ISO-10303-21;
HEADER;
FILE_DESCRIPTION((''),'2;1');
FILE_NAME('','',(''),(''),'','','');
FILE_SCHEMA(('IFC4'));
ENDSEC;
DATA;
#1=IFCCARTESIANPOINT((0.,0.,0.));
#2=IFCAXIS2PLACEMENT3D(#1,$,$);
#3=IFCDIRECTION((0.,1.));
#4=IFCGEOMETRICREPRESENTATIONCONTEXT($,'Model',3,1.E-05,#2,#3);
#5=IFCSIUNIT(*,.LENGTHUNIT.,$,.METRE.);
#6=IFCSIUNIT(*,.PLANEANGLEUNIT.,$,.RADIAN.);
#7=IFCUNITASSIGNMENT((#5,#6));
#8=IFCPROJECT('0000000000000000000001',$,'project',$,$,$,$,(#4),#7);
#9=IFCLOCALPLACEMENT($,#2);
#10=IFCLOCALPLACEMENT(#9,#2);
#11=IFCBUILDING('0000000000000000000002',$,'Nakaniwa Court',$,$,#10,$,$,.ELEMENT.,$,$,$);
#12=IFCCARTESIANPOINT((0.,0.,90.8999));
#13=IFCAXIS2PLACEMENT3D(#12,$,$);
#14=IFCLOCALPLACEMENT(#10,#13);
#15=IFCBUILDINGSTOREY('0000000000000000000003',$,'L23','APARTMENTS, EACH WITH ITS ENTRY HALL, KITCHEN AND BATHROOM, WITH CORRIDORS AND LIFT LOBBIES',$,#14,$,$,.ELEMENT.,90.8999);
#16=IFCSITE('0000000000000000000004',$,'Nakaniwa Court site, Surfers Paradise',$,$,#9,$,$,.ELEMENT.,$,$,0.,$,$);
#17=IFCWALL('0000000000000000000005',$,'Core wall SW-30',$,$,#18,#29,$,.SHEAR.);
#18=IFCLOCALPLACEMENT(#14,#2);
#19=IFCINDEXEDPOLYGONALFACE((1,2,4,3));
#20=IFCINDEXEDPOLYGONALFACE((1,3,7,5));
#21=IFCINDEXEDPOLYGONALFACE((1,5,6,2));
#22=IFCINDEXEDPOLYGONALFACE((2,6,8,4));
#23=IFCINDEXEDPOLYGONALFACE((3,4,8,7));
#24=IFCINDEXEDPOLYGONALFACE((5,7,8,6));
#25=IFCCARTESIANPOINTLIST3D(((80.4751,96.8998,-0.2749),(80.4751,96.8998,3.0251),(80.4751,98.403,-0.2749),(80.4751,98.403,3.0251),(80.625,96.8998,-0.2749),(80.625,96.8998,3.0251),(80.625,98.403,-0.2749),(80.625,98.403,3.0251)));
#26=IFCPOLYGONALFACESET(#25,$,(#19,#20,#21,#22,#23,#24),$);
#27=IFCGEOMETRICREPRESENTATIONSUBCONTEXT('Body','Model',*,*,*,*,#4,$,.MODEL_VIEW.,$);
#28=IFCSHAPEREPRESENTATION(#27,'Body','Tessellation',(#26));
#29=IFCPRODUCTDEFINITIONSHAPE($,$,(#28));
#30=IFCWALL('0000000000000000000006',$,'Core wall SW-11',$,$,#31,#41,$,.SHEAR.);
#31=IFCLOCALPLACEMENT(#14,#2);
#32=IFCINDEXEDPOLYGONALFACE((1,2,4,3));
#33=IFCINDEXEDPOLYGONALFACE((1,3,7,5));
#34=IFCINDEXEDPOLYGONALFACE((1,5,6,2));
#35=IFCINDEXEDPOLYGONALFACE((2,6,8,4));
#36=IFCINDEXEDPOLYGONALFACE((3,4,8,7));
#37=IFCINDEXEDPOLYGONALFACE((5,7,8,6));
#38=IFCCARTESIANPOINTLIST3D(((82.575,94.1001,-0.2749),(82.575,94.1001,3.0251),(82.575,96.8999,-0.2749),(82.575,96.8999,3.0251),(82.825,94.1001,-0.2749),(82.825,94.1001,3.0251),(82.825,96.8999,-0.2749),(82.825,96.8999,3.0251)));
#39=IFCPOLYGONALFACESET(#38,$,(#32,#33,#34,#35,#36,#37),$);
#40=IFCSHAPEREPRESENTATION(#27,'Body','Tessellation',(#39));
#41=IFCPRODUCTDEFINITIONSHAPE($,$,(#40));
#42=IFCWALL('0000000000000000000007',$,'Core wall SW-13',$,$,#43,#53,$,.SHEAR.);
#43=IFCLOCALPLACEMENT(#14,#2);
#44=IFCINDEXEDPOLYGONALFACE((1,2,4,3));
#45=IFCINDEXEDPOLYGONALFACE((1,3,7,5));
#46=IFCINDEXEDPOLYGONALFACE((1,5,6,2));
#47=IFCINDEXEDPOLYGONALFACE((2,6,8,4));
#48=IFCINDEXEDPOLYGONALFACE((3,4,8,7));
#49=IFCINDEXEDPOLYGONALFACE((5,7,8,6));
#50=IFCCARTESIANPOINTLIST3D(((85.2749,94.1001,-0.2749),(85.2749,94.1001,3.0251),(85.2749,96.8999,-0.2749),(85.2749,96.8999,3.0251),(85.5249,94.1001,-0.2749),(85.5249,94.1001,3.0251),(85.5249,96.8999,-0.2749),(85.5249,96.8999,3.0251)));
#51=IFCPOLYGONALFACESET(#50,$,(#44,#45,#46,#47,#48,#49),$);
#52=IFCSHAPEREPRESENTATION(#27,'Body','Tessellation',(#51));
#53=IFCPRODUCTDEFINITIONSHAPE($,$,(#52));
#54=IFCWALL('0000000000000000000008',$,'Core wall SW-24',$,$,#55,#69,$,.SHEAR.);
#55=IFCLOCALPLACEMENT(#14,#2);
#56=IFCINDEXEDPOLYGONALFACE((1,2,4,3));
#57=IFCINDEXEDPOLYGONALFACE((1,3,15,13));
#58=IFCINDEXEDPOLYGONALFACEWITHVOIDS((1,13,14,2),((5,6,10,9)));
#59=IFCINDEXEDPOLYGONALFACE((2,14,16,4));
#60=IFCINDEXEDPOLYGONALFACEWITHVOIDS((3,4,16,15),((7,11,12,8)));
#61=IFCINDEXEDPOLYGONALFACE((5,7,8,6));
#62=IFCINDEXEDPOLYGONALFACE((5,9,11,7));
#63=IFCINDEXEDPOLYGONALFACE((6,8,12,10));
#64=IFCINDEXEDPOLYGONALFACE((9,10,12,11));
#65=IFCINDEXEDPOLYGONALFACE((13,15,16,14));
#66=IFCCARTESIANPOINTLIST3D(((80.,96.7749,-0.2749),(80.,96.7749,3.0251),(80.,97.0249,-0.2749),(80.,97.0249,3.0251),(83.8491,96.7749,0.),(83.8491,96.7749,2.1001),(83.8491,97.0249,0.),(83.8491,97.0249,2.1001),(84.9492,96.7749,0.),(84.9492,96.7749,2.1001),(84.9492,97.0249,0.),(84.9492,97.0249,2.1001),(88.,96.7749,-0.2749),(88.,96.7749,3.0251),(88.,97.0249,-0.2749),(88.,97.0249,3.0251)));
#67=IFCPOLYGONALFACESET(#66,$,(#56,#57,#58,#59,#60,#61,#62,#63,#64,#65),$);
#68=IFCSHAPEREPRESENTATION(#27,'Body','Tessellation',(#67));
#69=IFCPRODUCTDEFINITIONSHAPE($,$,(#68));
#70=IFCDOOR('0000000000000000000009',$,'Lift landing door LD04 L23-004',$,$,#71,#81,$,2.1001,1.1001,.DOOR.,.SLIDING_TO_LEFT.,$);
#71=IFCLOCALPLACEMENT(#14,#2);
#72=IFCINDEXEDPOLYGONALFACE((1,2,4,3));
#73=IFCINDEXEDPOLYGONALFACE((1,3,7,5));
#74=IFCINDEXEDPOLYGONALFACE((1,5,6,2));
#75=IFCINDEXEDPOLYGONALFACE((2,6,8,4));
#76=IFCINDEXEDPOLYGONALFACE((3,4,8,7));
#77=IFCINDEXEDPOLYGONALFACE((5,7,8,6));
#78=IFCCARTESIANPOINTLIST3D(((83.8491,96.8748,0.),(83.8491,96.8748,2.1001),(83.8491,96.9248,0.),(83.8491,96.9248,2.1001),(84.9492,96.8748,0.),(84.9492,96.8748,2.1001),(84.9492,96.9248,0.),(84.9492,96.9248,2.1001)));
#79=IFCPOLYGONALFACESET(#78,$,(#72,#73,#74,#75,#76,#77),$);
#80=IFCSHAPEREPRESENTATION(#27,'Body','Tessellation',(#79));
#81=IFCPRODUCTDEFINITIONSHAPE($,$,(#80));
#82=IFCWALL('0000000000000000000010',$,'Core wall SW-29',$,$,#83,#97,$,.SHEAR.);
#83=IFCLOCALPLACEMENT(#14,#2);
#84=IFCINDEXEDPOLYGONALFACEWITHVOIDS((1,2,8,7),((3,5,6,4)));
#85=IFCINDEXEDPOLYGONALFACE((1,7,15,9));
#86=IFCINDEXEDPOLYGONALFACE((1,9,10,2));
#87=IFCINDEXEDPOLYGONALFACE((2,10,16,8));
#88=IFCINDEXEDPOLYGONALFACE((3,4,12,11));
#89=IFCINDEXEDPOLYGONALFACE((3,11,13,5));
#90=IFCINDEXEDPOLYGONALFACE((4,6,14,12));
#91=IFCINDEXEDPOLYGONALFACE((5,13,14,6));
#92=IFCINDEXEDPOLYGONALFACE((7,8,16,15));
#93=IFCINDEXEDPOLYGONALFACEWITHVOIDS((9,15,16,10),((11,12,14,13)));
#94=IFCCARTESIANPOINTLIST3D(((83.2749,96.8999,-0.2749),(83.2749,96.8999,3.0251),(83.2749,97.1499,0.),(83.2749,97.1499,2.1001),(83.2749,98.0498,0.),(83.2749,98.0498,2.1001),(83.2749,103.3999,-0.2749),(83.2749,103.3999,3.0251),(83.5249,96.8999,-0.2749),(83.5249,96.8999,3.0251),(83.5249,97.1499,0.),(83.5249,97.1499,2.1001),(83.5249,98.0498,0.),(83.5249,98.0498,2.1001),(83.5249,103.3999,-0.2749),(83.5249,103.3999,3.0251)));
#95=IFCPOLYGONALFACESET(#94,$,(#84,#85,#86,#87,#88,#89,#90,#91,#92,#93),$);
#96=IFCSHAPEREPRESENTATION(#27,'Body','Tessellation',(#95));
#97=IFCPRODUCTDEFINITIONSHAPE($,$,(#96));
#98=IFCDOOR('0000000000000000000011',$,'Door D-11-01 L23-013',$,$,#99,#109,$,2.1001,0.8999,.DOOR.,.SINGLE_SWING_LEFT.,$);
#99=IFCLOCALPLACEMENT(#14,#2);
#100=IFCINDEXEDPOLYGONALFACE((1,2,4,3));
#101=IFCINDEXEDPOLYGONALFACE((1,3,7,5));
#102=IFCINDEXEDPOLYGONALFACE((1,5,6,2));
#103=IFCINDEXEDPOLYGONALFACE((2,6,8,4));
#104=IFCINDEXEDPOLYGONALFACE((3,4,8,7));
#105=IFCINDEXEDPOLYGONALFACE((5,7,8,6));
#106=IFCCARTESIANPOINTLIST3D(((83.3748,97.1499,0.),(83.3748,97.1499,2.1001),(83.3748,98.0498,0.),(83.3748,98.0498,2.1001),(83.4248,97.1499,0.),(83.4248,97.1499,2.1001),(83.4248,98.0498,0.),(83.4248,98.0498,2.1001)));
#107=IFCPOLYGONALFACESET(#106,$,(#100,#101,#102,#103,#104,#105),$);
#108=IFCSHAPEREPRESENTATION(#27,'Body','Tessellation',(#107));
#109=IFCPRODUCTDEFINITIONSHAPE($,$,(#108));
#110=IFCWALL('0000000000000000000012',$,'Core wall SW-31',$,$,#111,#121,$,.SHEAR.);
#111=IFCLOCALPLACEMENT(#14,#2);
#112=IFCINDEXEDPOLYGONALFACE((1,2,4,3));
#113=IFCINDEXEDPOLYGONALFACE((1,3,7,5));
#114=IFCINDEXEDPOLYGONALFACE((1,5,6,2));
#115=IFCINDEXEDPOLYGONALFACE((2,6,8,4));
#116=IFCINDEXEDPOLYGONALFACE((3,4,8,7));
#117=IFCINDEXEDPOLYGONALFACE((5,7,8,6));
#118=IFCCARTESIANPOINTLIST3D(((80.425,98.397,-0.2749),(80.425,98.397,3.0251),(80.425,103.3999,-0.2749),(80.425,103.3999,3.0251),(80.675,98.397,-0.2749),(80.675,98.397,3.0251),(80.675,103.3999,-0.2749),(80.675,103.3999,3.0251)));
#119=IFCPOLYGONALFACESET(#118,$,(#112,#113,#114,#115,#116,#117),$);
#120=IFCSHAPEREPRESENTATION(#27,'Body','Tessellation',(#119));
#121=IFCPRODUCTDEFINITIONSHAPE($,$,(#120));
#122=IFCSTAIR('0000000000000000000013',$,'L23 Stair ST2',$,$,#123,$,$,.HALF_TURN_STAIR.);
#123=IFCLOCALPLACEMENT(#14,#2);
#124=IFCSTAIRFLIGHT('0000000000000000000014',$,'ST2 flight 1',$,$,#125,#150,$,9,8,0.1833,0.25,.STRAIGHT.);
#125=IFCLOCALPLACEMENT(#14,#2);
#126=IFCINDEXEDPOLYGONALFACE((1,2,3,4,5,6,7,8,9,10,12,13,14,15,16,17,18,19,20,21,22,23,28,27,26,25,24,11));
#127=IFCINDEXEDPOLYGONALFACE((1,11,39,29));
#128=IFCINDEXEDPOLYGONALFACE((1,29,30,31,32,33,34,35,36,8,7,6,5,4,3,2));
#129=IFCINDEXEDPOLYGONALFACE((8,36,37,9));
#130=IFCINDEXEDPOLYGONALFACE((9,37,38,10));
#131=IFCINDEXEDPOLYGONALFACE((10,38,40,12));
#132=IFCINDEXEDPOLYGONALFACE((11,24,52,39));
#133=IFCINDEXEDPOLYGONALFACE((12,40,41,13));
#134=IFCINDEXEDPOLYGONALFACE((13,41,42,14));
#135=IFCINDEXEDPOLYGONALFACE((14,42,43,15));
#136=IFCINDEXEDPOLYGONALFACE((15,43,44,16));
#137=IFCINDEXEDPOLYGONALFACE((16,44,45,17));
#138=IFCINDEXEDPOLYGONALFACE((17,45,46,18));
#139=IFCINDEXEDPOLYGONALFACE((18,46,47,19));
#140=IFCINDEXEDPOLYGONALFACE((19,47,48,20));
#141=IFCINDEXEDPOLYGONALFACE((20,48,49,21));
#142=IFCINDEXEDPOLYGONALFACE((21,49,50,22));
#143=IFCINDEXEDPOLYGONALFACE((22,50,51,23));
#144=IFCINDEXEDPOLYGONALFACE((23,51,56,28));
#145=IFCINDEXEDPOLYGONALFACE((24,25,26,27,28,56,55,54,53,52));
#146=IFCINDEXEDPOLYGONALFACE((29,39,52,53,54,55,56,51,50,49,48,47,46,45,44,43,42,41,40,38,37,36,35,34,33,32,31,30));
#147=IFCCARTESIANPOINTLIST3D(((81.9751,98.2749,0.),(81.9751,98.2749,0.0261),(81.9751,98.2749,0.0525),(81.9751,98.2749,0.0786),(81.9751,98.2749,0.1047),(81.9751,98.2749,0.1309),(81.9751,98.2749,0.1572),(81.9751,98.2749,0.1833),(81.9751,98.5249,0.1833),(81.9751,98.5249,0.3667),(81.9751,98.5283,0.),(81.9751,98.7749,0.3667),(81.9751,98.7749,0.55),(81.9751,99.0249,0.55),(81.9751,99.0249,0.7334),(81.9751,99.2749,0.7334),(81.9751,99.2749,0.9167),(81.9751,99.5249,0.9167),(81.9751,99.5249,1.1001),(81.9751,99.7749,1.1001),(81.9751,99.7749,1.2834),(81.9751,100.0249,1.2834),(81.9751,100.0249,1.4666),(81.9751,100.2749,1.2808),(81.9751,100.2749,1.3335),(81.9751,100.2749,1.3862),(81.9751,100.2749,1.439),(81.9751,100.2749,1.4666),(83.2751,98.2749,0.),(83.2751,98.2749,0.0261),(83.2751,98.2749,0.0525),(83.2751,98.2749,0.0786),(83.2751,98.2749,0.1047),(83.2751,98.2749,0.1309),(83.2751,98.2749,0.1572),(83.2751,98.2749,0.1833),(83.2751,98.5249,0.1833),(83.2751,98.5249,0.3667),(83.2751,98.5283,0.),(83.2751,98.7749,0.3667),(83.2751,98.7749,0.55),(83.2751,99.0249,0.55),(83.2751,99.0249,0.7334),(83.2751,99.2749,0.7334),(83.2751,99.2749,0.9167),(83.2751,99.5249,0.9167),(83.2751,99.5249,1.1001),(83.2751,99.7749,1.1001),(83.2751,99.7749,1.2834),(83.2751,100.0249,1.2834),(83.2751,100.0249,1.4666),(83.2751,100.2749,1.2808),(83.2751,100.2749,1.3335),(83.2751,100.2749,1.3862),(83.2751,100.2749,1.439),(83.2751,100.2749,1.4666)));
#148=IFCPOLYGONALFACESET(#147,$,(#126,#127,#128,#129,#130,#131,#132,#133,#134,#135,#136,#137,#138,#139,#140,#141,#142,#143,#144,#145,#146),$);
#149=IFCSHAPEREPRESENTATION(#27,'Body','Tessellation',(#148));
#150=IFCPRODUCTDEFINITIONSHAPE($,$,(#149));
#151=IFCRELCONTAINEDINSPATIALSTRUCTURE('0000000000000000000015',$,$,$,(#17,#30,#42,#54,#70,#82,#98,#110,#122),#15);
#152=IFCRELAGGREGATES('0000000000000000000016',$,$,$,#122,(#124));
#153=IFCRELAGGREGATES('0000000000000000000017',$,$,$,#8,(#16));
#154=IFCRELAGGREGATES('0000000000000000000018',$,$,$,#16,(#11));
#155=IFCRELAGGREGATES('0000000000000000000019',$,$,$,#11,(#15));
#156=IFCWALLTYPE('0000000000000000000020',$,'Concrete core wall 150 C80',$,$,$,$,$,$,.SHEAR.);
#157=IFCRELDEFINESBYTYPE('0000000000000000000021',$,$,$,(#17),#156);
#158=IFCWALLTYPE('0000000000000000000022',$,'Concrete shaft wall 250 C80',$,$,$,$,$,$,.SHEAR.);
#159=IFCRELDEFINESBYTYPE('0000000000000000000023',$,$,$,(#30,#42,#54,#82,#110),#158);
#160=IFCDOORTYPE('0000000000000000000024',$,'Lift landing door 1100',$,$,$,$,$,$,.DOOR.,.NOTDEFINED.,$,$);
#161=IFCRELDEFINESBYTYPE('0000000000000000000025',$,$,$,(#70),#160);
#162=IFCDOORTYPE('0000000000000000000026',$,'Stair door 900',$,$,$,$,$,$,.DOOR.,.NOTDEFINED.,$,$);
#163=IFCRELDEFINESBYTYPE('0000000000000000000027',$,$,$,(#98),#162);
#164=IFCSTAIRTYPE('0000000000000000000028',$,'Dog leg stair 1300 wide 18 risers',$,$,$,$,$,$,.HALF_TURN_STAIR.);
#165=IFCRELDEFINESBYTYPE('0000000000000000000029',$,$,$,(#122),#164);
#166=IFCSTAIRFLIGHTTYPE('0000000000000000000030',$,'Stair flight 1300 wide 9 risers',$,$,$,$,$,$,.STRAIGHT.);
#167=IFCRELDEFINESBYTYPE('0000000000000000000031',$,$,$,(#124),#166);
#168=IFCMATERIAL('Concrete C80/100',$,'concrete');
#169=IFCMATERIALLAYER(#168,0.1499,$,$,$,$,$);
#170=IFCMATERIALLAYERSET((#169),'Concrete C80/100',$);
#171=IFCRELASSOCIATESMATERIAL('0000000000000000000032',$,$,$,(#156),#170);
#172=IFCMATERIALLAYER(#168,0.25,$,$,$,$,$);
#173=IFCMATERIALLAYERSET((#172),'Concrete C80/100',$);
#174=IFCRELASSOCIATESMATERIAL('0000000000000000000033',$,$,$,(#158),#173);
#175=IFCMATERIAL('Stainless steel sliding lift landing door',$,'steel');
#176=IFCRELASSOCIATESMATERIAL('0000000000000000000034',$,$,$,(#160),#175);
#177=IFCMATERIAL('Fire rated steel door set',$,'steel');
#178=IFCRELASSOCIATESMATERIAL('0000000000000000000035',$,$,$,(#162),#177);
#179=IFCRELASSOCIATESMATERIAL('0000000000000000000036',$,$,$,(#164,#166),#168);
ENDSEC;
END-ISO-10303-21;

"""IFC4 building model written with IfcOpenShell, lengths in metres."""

from ifc_helpers import new_model, si_unit, direction, frame, frame_2d, origin, place, context, subcontext, project, spatial, polyline, rectangle, outline, extrude, material, layer, layer_set, type_object, element, fill, aggregate, save


model = new_model("IFC4")

# Units and contexts
model_context = context("Model", 3, precision=1e-05, world=origin(), true_north=direction((0.0, 1.0)))
body_context = subcontext(model_context, "Body", "Model", "MODEL_VIEW")
ifc_project = project(units=[si_unit("LENGTHUNIT", "METRE"), si_unit("PLANEANGLEUNIT", "RADIAN")], contexts=[model_context])

# Site, building, storey
site_placement = place(None, origin())
site = spatial("IfcSite", under=ifc_project, at=site_placement, Name="Nakaniwa Court site, Surfers Paradise", CompositionType="ELEMENT", RefElevation=0.0)
building_placement = place(site_placement, origin())
building = spatial("IfcBuilding", under=site, at=building_placement, Name="Nakaniwa Court", CompositionType="ELEMENT")
storey_placement = place(building_placement, frame((0.0, 0.0, 90.8999)))
storey = spatial("IfcBuildingStorey", under=building, at=storey_placement, Name="L23", Description="APARTMENTS, EACH WITH ITS ENTRY HALL, KITCHEN AND BATHROOM, WITH CORRIDORS AND LIFT LOBBIES", CompositionType="ELEMENT", Elevation=90.8999)

# Shared definitions
ifc_material_1 = material(Name="Concrete C80/100", Category="concrete")

# Shared definitions
ifc_material_2 = material(Name="Fire rated steel door set", Category="steel")

# Walls
ifc_layer_1 = layer(ifc_material_1, 0.1499)
ifc_layer_set_1 = layer_set([ifc_layer_1], Name="Concrete C80/100")
wall_type_1 = type_object("IfcWallType", Name="Concrete core wall 150 C80", PredefinedType="SHEAR", material=ifc_layer_set_1)
wall_1_placement = place(storey_placement, frame((80.55, 96.8999, -0.2749), z_axis=(0.0, 0.0, 1.0), x_axis=(0.0, 1.0, 0.0)))
element("IfcWall", 1, at=wall_1_placement, inside=storey, type_object=wall_type_1, Name="Core wall SW-30", PredefinedType="SHEAR", context=body_context, shape_type="SweptSolid", body=[
    extrude(rectangle(XDim=1.5032, YDim=0.1499, at=frame_2d((0.7515, 0.0))), origin(), (0.0, 0.0, 1.0), 3.3),
])
ifc_layer_2 = layer(ifc_material_1, 0.25)
ifc_layer_set_2 = layer_set([ifc_layer_2], Name="Concrete C80/100")
wall_type_2 = type_object("IfcWallType", Name="Concrete shaft wall 250 C80", PredefinedType="SHEAR", material=ifc_layer_set_2)
for number, where, z_axis, x_axis, name in (
    (2, (82.7, 94.1001, -0.2749), (0.0, 0.0, 1.0), (0.0, 1.0, 0.0), "Core wall SW-11"),
    (3, (85.3999, 94.1001, -0.2749), (0.0, 0.0, 1.0), (0.0, 1.0, 0.0), "Core wall SW-13"),
):
    element("IfcWall", number, at=place(storey_placement, frame(where, z_axis=z_axis, x_axis=x_axis)), inside=storey, type_object=wall_type_2, Name=name, PredefinedType="SHEAR", context=body_context, shape_type="SweptSolid", body=[
        extrude(rectangle(XDim=2.7998, YDim=0.25, at=frame_2d((1.3999, 0.0))), origin(), (0.0, 0.0, 1.0), 3.3),
    ])

# Walls, openings, doors
wall_2_placement = place(storey_placement, frame((80.0, 96.8999, -0.2749), z_axis=(0.0, 0.0, 1.0), x_axis=(1.0, 0.0, 0.0)))
wall_2 = element("IfcWall", 4, at=wall_2_placement, inside=storey, type_object=wall_type_2, Name="Core wall SW-24", PredefinedType="SHEAR", context=body_context, shape_type="SweptSolid", body=[
    extrude(rectangle(XDim=8.0, YDim=0.25, at=frame_2d((4.0, 0.0))), origin(), (0.0, 0.0, 1.0), 3.3),
])
opening_1_placement = place(wall_2_placement, frame((3.8491, 0.0, 0.2749)))
opening_1 = element("IfcOpeningElement", 5, at=opening_1_placement, cuts=wall_2, PredefinedType="OPENING", context=body_context, shape_type="SweptSolid", body=[
    extrude(rectangle(XDim=1.1001, YDim=2.1001, at=frame_2d((0.55, 1.05))), frame((0.0, 0.135, 0.0), z_axis=(0.0, -1.0, 0.0), x_axis=(1.0, 0.0, 0.0)), (0.0, 0.0, 1.0), 0.27),
])
ifc_material_3 = material(Name="Stainless steel sliding lift landing door", Category="steel")
door_type_1 = type_object("IfcDoorType", Name="Lift landing door 1100", OperationType="NOTDEFINED", PredefinedType="DOOR", material=ifc_material_3)
door_1_placement = place(opening_1_placement, origin())
door_1 = element("IfcDoor", 6, at=door_1_placement, inside=storey, type_object=door_type_1, Name="Lift landing door LD04 L23-004", OperationType="SLIDING_TO_LEFT", OverallHeight=2.1001, OverallWidth=1.1001, PredefinedType="DOOR", context=body_context, shape_type="SweptSolid", body=[
    extrude(rectangle(XDim=1.1001, YDim=2.1001, at=frame_2d((0.55, 1.05))), frame((0.0, 0.0249, 0.0), z_axis=(0.0, -1.0, 0.0), x_axis=(1.0, 0.0, 0.0)), (0.0, 0.0, 1.0), 0.05),
])
fill(opening_1, door_1)
wall_3_placement = place(storey_placement, frame((83.3999, 103.3999, -0.2749), z_axis=(0.0, 0.0, 1.0), x_axis=(0.0, -1.0, 0.0)))
wall_3 = element("IfcWall", 7, at=wall_3_placement, inside=storey, type_object=wall_type_2, Name="Core wall SW-29", PredefinedType="SHEAR", context=body_context, shape_type="SweptSolid", body=[
    extrude(rectangle(XDim=6.5, YDim=0.25, at=frame_2d((3.25, 0.0))), origin(), (0.0, 0.0, 1.0), 3.3),
])
opening_2_placement = place(wall_3_placement, frame((5.3501, 0.0, 0.2749)))
opening_2 = element("IfcOpeningElement", 8, at=opening_2_placement, cuts=wall_3, PredefinedType="OPENING", context=body_context, shape_type="SweptSolid", body=[
    extrude(rectangle(XDim=0.8999, YDim=2.1001, at=frame_2d((0.45, 1.05))), frame((0.0, 0.135, 0.0), z_axis=(0.0, -1.0, 0.0), x_axis=(1.0, 0.0, 0.0)), (0.0, 0.0, 1.0), 0.27),
])
door_type_2 = type_object("IfcDoorType", Name="Stair door 900", OperationType="NOTDEFINED", PredefinedType="DOOR", material=ifc_material_2)
door_2_placement = place(opening_2_placement, origin())
door_2 = element("IfcDoor", 9, at=door_2_placement, inside=storey, type_object=door_type_2, Name="Door D-11-01 L23-013", OperationType="SINGLE_SWING_LEFT", OverallHeight=2.1001, OverallWidth=0.8999, PredefinedType="DOOR", context=body_context, shape_type="SweptSolid", body=[
    extrude(rectangle(XDim=0.8999, YDim=2.1001, at=frame_2d((0.45, 1.05))), frame((0.0, 0.0249, 0.0), z_axis=(0.0, -1.0, 0.0), x_axis=(1.0, 0.0, 0.0)), (0.0, 0.0, 1.0), 0.05),
])
fill(opening_2, door_2)

# Wall
wall_4_placement = place(storey_placement, frame((80.55, 98.397, -0.2749), z_axis=(0.0, 0.0, 1.0), x_axis=(0.0, 1.0, 0.0)))
element("IfcWall", 10, at=wall_4_placement, inside=storey, type_object=wall_type_2, Name="Core wall SW-31", PredefinedType="SHEAR", context=body_context, shape_type="SweptSolid", body=[
    extrude(rectangle(XDim=5.0029, YDim=0.25, at=frame_2d((2.5015, 0.0))), origin(), (0.0, 0.0, 1.0), 3.3),
])

# Stair, stair flight
stair_type = type_object("IfcStairType", Name="Dog leg stair 1300 wide 18 risers", PredefinedType="HALF_TURN_STAIR", material=ifc_material_1)
stair_placement = place(storey_placement, origin())
stair = element("IfcStair", 11, at=stair_placement, inside=storey, type_object=stair_type, Name="L23 Stair ST2", PredefinedType="HALF_TURN_STAIR")
stair_flight_type = type_object("IfcStairFlightType", Name="Stair flight 1300 wide 9 risers", PredefinedType="STRAIGHT", material=ifc_material_1)
stair_flight_1_placement = place(storey_placement, frame((82.625, 98.2749, 0.0), z_axis=(0.0, 0.0, 1.0), x_axis=(0.0, 1.0, 0.0)))
stair_flight_1 = element("IfcStairFlight", 12, at=stair_flight_1_placement, type_object=stair_flight_type, Name="ST2 flight 1", NumberOfRisers=9, NumberOfTreads=8, PredefinedType="STRAIGHT", RiserHeight=0.1833, TreadLength=0.25, context=body_context, shape_type="SweptSolid", body=[
    extrude(outline(polyline([(0.0, 0.0), (0.0, 0.0261), (0.0, 0.0525), (0.0, 0.0786), (0.0, 0.1047), (0.0, 0.1309), (0.0, 0.1572), (0.0, 0.1833), (0.25, 0.1833), (0.25, 0.3667), (0.5, 0.3667), (0.5, 0.55), (0.75, 0.55), (0.75, 0.7334), (1.0, 0.7334), (1.0, 0.9167), (1.25, 0.9167), (1.25, 1.1001), (1.5, 1.1001), (1.5, 1.2834), (1.75, 1.2834), (1.75, 1.4666), (2.0, 1.4666), (2.0, 1.6499), (2.0, 1.5972), (2.0, 1.5444), (2.0, 1.4917), (2.0, 1.439), (2.0, 1.3862), (2.0, 1.3335), (2.0, 1.2808), (0.2534, 0.0), (0.0, 0.0)])), frame((0.0, 0.6499, 0.0), z_axis=(0.0, -1.0, 0.0), x_axis=(1.0, 0.0, 0.0)), (0.0, 0.0, 1.0), 1.3),
])
aggregate(stair, [stair_flight_1])

save(model, "model.ifc")
